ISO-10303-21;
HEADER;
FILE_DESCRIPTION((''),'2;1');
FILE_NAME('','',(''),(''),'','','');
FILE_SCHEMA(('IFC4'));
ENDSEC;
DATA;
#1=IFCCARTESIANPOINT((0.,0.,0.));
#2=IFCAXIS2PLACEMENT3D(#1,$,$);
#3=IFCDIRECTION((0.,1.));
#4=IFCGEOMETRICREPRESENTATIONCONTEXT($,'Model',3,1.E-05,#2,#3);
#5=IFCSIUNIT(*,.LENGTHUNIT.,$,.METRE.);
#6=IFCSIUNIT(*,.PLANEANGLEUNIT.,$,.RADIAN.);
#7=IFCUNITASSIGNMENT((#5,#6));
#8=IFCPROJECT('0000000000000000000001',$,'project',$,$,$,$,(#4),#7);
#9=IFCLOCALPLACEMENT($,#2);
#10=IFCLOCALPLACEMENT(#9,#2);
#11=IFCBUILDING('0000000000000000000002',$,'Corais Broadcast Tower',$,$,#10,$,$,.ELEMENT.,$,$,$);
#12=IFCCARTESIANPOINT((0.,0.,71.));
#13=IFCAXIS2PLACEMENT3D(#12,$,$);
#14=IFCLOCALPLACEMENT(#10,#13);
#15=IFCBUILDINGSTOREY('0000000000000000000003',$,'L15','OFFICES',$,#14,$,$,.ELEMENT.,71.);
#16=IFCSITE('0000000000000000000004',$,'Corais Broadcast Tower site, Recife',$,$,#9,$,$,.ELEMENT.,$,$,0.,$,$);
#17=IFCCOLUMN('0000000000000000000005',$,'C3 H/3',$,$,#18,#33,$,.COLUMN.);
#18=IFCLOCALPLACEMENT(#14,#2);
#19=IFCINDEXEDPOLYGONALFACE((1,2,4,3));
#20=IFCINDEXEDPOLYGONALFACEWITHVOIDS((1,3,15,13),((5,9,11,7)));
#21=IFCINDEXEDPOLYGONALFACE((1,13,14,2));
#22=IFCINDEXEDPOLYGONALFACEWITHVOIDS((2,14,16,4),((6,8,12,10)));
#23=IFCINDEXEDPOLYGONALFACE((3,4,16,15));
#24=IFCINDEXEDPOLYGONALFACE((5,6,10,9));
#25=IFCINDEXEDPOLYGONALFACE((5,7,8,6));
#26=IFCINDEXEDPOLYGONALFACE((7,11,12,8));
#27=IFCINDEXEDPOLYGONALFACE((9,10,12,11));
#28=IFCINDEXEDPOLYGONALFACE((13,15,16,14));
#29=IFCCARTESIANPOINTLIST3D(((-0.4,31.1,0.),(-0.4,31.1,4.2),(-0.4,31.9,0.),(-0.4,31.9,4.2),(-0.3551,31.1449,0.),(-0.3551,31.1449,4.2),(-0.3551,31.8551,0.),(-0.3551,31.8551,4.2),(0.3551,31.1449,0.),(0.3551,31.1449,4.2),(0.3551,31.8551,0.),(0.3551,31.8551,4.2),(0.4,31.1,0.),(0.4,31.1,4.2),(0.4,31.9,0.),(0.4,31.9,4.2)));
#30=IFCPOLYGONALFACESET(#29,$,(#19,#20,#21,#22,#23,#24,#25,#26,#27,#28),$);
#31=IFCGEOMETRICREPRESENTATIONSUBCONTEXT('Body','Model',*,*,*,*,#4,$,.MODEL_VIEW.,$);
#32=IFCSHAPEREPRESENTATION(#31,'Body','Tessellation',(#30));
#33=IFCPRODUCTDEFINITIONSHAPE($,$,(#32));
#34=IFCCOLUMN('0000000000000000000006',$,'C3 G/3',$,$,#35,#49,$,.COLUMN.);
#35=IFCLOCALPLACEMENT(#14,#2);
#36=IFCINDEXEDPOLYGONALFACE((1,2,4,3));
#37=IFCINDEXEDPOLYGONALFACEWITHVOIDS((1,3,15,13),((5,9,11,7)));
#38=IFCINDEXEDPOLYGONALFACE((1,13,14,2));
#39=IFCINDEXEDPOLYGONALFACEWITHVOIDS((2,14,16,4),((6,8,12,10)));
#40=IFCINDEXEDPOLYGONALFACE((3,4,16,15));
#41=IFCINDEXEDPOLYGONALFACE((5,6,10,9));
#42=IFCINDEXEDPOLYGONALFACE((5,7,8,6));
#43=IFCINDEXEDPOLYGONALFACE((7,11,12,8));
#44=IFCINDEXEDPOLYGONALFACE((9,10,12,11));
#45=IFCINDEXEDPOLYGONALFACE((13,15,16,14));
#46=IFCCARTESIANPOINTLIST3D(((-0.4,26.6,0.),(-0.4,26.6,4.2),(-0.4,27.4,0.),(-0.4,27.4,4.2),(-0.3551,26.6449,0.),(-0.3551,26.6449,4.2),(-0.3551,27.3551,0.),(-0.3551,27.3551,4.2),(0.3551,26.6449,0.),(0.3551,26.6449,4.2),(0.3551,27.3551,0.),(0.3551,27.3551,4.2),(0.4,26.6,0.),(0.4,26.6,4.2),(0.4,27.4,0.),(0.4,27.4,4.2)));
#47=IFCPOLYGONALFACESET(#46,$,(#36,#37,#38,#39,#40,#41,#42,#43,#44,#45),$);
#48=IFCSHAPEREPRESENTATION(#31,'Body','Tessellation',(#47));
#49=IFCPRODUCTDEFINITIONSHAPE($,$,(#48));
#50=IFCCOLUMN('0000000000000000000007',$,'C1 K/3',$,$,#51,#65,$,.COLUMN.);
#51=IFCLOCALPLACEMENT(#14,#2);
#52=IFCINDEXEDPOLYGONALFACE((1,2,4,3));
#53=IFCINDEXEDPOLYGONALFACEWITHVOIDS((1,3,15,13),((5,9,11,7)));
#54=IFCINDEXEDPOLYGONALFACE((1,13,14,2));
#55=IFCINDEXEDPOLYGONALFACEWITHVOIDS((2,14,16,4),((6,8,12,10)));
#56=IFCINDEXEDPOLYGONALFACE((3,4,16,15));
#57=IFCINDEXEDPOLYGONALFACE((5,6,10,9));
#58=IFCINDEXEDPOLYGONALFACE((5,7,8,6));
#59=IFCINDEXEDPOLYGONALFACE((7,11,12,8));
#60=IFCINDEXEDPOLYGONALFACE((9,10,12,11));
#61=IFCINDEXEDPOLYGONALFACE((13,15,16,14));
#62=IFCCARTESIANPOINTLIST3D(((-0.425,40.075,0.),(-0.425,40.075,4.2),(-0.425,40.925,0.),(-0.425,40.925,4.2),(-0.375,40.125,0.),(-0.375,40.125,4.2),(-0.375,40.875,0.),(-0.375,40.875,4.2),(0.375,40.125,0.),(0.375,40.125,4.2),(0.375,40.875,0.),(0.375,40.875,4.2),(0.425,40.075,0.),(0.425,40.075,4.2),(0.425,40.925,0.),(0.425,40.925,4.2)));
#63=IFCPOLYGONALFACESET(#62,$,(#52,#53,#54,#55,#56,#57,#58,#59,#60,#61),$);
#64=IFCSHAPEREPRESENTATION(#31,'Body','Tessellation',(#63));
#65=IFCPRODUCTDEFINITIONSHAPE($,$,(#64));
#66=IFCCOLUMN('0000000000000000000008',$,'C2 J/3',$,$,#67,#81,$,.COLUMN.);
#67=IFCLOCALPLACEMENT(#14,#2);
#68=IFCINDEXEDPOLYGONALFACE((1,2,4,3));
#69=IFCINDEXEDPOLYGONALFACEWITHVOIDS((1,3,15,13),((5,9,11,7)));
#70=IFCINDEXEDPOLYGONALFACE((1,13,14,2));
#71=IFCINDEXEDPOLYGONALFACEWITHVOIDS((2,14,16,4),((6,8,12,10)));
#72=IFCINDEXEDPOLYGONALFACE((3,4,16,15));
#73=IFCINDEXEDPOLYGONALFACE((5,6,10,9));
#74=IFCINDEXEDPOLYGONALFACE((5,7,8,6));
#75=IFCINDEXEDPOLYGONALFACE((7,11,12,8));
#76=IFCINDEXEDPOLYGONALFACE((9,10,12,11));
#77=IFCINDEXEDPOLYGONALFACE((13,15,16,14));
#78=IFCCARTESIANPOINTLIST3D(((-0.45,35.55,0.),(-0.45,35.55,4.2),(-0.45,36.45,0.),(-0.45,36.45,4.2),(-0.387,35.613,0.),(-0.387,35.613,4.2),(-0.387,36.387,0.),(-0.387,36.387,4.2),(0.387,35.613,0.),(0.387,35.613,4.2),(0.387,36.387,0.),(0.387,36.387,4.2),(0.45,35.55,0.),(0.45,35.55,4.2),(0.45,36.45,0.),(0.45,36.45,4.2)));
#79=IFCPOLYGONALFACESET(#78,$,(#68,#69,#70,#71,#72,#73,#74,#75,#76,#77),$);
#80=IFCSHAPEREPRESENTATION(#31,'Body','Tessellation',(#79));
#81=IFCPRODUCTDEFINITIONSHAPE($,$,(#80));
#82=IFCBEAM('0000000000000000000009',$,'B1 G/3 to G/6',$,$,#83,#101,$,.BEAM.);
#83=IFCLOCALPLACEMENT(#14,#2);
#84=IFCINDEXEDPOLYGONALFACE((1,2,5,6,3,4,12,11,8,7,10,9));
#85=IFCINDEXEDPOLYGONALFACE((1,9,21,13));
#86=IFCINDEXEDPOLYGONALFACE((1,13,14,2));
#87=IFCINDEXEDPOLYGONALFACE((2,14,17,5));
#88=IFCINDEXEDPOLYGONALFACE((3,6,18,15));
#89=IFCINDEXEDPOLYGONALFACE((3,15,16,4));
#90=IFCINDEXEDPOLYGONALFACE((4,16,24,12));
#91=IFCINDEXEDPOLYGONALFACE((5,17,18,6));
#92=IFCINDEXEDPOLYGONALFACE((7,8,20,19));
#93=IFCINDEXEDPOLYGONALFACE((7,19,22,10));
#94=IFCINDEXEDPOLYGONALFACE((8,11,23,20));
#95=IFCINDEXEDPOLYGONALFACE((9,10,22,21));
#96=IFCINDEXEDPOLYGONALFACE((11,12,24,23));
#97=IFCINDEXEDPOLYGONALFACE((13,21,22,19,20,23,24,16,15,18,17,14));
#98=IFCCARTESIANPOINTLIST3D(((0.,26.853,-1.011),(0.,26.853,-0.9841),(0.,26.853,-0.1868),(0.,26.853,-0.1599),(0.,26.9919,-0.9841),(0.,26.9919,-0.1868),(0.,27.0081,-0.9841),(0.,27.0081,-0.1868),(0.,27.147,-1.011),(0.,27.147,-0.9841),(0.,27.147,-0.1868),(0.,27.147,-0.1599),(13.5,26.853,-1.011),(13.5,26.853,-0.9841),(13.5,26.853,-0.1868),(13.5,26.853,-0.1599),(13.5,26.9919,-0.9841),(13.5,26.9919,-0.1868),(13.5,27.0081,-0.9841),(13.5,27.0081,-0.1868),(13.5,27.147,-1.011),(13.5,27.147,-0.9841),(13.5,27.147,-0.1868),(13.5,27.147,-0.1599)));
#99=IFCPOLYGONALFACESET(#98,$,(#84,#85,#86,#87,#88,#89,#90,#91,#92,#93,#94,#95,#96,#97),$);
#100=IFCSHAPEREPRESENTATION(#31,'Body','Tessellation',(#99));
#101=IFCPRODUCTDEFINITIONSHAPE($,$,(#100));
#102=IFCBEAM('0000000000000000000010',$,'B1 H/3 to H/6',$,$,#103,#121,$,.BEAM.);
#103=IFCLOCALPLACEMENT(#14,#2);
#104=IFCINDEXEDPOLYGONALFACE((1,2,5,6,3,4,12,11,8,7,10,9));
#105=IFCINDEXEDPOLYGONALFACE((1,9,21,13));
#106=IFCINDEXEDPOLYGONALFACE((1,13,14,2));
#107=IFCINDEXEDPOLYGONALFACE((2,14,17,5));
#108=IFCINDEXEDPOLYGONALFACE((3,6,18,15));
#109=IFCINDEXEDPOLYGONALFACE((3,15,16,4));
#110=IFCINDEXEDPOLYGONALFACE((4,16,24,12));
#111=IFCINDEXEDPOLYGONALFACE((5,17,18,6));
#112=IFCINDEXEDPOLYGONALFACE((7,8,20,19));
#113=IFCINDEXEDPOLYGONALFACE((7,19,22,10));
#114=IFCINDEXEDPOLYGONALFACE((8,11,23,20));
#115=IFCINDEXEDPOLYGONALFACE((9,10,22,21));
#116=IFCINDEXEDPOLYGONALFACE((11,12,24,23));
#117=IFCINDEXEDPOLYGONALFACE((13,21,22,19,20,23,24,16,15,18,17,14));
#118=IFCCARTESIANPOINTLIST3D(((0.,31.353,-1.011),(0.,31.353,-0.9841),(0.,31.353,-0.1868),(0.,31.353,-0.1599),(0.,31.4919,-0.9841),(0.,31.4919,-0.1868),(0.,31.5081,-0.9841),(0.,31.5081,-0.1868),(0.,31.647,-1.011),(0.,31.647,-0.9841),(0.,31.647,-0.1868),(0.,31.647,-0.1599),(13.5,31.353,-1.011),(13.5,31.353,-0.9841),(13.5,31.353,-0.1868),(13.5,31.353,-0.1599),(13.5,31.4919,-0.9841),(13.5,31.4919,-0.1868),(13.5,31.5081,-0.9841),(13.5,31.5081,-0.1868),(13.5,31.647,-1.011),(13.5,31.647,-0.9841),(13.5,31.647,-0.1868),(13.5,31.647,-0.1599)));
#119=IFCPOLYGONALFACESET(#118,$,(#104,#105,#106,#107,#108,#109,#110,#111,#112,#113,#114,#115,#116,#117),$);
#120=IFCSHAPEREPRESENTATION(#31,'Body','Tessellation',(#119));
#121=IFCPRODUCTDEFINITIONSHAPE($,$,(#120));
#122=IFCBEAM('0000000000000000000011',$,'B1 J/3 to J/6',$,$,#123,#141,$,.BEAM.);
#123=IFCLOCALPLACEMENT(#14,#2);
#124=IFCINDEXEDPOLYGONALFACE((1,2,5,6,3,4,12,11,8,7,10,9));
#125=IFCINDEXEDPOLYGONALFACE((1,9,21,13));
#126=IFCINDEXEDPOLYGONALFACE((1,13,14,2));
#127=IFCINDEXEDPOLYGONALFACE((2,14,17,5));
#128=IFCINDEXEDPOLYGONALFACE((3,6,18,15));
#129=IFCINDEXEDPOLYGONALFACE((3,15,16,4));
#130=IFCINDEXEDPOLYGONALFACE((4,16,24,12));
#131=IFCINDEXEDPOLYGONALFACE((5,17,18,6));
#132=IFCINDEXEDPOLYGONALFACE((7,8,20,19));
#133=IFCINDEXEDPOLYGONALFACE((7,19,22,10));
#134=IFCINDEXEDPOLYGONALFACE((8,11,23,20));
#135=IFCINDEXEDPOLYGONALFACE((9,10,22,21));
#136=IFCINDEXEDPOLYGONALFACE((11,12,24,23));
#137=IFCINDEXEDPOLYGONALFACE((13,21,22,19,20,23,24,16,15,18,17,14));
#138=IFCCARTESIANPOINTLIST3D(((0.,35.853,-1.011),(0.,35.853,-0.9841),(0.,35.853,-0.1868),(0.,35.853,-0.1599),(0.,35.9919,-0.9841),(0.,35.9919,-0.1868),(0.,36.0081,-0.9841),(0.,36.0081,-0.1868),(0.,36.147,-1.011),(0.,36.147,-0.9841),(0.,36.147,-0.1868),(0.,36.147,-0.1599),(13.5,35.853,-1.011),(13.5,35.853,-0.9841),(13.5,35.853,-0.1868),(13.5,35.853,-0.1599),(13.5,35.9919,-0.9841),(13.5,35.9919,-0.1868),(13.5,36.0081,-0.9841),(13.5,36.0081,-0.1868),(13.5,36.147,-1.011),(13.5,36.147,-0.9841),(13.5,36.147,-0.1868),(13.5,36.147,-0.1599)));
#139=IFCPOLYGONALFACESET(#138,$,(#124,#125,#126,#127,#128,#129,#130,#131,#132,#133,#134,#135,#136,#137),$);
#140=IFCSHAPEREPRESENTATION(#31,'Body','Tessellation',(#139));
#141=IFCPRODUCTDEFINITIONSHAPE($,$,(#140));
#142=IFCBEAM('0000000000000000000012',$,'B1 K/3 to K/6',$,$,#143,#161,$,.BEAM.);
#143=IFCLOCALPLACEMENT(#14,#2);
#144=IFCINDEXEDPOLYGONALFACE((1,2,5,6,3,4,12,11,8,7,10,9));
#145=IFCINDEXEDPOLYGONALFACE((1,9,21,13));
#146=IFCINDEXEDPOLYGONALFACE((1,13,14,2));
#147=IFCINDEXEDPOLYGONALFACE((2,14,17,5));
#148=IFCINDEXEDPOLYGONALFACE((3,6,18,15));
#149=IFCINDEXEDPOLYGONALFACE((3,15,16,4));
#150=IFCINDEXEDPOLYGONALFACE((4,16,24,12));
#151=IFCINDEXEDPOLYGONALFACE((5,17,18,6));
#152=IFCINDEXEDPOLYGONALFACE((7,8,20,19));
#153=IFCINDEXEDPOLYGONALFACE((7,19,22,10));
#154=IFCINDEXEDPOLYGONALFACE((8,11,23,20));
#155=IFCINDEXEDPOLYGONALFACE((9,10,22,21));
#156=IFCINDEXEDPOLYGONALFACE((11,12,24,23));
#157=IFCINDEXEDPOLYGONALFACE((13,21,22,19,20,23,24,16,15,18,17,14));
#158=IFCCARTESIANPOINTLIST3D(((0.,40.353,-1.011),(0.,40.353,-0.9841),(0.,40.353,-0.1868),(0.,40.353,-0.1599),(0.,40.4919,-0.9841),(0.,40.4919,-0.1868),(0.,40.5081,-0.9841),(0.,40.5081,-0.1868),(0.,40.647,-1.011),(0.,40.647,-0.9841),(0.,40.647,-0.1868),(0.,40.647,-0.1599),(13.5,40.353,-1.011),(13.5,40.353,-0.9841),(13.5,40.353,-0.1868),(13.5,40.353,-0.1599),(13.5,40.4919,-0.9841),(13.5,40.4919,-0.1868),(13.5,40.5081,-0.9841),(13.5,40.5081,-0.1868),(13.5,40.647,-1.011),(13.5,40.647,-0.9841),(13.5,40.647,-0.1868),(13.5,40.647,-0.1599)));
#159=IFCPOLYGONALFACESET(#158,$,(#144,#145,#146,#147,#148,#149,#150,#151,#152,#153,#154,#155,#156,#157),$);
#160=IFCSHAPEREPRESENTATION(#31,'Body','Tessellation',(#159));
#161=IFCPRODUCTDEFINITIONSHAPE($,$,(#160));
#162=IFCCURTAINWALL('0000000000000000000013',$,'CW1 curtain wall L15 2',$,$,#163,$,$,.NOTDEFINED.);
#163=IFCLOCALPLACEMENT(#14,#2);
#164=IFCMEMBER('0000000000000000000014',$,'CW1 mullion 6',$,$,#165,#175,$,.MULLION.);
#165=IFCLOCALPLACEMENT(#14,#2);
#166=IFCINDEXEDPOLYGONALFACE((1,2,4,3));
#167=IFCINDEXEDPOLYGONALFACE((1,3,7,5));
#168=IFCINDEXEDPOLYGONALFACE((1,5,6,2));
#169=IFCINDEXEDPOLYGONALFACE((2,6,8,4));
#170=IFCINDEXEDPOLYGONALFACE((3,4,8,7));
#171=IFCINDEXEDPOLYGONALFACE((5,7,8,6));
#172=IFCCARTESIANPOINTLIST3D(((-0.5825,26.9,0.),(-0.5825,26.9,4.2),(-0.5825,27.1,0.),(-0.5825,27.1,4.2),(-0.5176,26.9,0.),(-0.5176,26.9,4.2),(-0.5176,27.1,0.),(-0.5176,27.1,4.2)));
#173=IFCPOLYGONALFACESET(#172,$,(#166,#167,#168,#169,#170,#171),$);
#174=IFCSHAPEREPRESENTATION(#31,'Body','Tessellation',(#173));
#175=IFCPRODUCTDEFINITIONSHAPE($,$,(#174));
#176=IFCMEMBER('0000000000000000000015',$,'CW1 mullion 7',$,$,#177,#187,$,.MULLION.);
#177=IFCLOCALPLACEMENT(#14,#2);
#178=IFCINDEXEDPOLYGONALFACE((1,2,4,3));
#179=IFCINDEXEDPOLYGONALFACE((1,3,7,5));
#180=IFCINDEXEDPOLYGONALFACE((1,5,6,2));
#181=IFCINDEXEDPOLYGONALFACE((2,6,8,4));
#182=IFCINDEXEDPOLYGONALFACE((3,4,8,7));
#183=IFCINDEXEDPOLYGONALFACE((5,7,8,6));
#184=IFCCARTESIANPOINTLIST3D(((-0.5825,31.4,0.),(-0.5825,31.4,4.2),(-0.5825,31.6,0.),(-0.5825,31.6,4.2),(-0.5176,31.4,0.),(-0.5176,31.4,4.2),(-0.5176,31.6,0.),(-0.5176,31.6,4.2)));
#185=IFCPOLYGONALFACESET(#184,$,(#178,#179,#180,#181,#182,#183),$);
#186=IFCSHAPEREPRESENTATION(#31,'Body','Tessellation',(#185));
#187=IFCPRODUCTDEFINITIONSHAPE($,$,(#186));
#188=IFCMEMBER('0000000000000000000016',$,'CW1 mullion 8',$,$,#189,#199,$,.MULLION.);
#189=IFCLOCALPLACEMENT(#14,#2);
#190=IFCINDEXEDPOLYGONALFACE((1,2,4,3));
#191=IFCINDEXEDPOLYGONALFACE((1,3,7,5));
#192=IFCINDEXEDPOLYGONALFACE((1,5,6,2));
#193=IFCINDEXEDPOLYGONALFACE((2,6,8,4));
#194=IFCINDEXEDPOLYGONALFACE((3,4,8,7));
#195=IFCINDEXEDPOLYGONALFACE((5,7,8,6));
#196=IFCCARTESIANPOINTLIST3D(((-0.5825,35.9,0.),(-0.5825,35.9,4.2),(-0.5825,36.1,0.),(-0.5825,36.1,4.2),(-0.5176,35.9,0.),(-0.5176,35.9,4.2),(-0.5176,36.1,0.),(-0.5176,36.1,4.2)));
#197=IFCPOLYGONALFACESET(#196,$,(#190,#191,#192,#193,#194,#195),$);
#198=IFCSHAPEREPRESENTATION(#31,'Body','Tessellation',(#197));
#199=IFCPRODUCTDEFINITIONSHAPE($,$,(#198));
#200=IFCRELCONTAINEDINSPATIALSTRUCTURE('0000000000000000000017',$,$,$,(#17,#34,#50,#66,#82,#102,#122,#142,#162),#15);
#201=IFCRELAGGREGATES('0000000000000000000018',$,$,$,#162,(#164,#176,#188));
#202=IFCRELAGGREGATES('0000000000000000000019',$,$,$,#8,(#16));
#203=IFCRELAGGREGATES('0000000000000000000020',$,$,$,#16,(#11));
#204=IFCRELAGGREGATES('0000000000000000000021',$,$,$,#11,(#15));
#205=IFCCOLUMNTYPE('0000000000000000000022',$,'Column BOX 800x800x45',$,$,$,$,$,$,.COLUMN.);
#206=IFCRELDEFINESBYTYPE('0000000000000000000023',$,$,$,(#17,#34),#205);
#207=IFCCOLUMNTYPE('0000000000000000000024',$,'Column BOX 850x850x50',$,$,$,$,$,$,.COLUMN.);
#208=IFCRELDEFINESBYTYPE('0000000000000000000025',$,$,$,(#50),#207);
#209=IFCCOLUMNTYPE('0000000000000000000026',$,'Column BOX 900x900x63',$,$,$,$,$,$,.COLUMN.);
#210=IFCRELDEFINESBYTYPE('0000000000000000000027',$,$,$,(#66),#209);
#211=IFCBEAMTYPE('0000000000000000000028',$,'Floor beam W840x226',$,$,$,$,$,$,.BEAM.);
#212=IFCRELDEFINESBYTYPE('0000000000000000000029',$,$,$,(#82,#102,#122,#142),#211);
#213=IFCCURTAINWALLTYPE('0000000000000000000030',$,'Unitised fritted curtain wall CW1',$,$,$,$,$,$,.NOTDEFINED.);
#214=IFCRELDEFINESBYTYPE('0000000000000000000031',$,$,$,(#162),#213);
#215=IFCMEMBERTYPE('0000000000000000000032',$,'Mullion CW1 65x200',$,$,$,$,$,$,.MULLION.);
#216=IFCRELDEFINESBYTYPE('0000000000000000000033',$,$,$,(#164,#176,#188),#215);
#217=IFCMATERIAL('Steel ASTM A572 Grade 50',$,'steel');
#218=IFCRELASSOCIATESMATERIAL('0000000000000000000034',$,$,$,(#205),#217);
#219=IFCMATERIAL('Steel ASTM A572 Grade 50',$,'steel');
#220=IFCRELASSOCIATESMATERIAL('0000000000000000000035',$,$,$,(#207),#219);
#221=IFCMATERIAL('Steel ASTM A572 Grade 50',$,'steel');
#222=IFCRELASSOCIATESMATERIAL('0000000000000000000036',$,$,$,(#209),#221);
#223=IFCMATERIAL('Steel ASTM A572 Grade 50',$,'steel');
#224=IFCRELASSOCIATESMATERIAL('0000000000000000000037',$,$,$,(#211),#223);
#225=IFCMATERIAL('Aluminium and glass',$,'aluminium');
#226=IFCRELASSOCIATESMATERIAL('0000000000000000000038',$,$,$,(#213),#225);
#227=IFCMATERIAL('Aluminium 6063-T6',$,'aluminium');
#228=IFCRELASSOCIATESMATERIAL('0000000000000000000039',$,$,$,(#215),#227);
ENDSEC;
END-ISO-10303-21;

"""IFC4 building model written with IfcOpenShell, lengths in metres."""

from ifc_helpers import new_model, si_unit, direction, frame, origin, origin_2d, place, context, subcontext, project, spatial, rectangle, hollow_rectangle, i_section, extrude, material, material_profile, profile_set, type_object, element, aggregate, save


model = new_model("IFC4")

# Units and contexts
model_context = context("Model", 3, precision=1e-05, world=origin(), true_north=direction((0.0, 1.0)))
body_context = subcontext(model_context, "Body", "Model", "MODEL_VIEW")
ifc_project = project(units=[si_unit("LENGTHUNIT", "METRE"), si_unit("PLANEANGLEUNIT", "RADIAN")], contexts=[model_context])

# Site, building, storey
site_placement = place(None, origin())
site = spatial("IfcSite", under=ifc_project, at=site_placement, Name="Corais Broadcast Tower site, Recife", CompositionType="ELEMENT", RefElevation=0.0)
building_placement = place(site_placement, origin())
building = spatial("IfcBuilding", under=site, at=building_placement, Name="Corais Broadcast Tower", CompositionType="ELEMENT")
storey_placement = place(building_placement, frame((0.0, 0.0, 71.0)))
storey = spatial("IfcBuildingStorey", under=building, at=storey_placement, Name="L15", Description="OFFICES", CompositionType="ELEMENT", Elevation=71.0)

# Columns
ifc_material_1 = material(Name="Steel ASTM A572 Grade 50", Category="steel")
ifc_material_profile_1 = material_profile(ifc_material_1, hollow_rectangle(XDim=0.8, YDim=0.8, WallThickness=0.0449, at=origin_2d()), Name="BOX 800x800x45")
ifc_profile_set_1 = profile_set([ifc_material_profile_1], Name="Steel ASTM A572 Grade 50")
column_type_1 = type_object("IfcColumnType", Name="Column BOX 800x800x45", PredefinedType="COLUMN", material=ifc_profile_set_1)
for number, where, z_axis, x_axis, name in (
    (1, (0.0, 31.5, 0.0), (0.0, 0.0, 1.0), (1.0, 0.0, 0.0), "C3 H/3"),
    (2, (0.0, 27.0, 0.0), (0.0, 0.0, 1.0), (1.0, 0.0, 0.0), "C3 G/3"),
):
    element("IfcColumn", number, at=place(storey_placement, frame(where, z_axis=z_axis, x_axis=x_axis)), inside=storey, type_object=column_type_1, Name=name, PredefinedType="COLUMN", context=body_context, shape_type="SweptSolid", body=[
        extrude(hollow_rectangle(XDim=0.8, YDim=0.8, WallThickness=0.0449, at=origin_2d()), origin(), (0.0, 0.0, 1.0), 4.2),
    ])
ifc_material_2 = material(Name="Steel ASTM A572 Grade 50", Category="steel")
ifc_material_profile_2 = material_profile(ifc_material_2, hollow_rectangle(XDim=0.8501, YDim=0.8501, WallThickness=0.05, at=origin_2d()), Name="BOX 850x850x50")
ifc_profile_set_2 = profile_set([ifc_material_profile_2], Name="Steel ASTM A572 Grade 50")
column_type_2 = type_object("IfcColumnType", Name="Column BOX 850x850x50", PredefinedType="COLUMN", material=ifc_profile_set_2)
column_1_placement = place(storey_placement, frame((0.0, 40.5, 0.0), z_axis=(0.0, 0.0, 1.0), x_axis=(1.0, 0.0, 0.0)))
element("IfcColumn", 3, at=column_1_placement, inside=storey, type_object=column_type_2, Name="C1 K/3", PredefinedType="COLUMN", context=body_context, shape_type="SweptSolid", body=[
    extrude(hollow_rectangle(XDim=0.8501, YDim=0.8501, WallThickness=0.05, at=origin_2d()), origin(), (0.0, 0.0, 1.0), 4.2),
])
ifc_material_3 = material(Name="Steel ASTM A572 Grade 50", Category="steel")
ifc_material_profile_3 = material_profile(ifc_material_3, hollow_rectangle(XDim=0.8999, YDim=0.8999, WallThickness=0.063, at=origin_2d()), Name="BOX 900x900x63")
ifc_profile_set_3 = profile_set([ifc_material_profile_3], Name="Steel ASTM A572 Grade 50")
column_type_3 = type_object("IfcColumnType", Name="Column BOX 900x900x63", PredefinedType="COLUMN", material=ifc_profile_set_3)
column_2_placement = place(storey_placement, frame((0.0, 36.0, 0.0), z_axis=(0.0, 0.0, 1.0), x_axis=(1.0, 0.0, 0.0)))
element("IfcColumn", 4, at=column_2_placement, inside=storey, type_object=column_type_3, Name="C2 J/3", PredefinedType="COLUMN", context=body_context, shape_type="SweptSolid", body=[
    extrude(hollow_rectangle(XDim=0.8999, YDim=0.8999, WallThickness=0.063, at=origin_2d()), origin(), (0.0, 0.0, 1.0), 4.2),
])

# Beams
ifc_material_4 = material(Name="Steel ASTM A572 Grade 50", Category="steel")
ifc_material_profile_4 = material_profile(ifc_material_4, i_section(OverallWidth=0.2939, OverallDepth=0.8511, WebThickness=0.0161, FlangeThickness=0.0269, at=origin_2d()), Name="W840x226")
ifc_profile_set_4 = profile_set([ifc_material_profile_4], Name="Steel ASTM A572 Grade 50")
beam_type_1 = type_object("IfcBeamType", Name="Floor beam W840x226", PredefinedType="BEAM", material=ifc_profile_set_4)
for number, where, z_axis, x_axis, name in (
    (5, (0.0, 27.0, -0.5854), (1.0, 0.0, 0.0), (0.0, 1.0, 0.0), "B1 G/3 to G/6"),
    (6, (0.0, 31.5, -0.5854), (1.0, 0.0, 0.0), (0.0, 1.0, 0.0), "B1 H/3 to H/6"),
    (7, (0.0, 36.0, -0.5854), (1.0, 0.0, 0.0), (0.0, 1.0, 0.0), "B1 J/3 to J/6"),
    (8, (0.0, 40.5, -0.5854), (1.0, 0.0, 0.0), (0.0, 1.0, 0.0), "B1 K/3 to K/6"),
):
    element("IfcBeam", number, at=place(storey_placement, frame(where, z_axis=z_axis, x_axis=x_axis)), inside=storey, type_object=beam_type_1, Name=name, PredefinedType="BEAM", context=body_context, shape_type="SweptSolid", body=[
        extrude(i_section(OverallWidth=0.2939, OverallDepth=0.8511, WebThickness=0.0161, FlangeThickness=0.0269, at=origin_2d()), origin(), (0.0, 0.0, 1.0), 13.5),
    ])

# Curtain wall, members
ifc_material_5 = material(Name="Aluminium and glass", Category="aluminium")
curtain_wall_type = type_object("IfcCurtainWallType", Name="Unitised fritted curtain wall CW1", PredefinedType="NOTDEFINED", material=ifc_material_5)
curtain_wall_placement = place(storey_placement, origin())
curtain_wall = element("IfcCurtainWall", 9, at=curtain_wall_placement, inside=storey, type_object=curtain_wall_type, Name="CW1 curtain wall L15 2", PredefinedType="NOTDEFINED")
ifc_material_6 = material(Name="Aluminium 6063-T6", Category="aluminium")
ifc_material_profile_5 = material_profile(ifc_material_6, rectangle(XDim=0.0649, YDim=0.2, at=origin_2d()), Name="Mullion CW1 65x200")
ifc_profile_set_5 = profile_set([ifc_material_profile_5], Name="Aluminium 6063-T6")
member_type_1 = type_object("IfcMemberType", Name="Mullion CW1 65x200", PredefinedType="MULLION", material=ifc_profile_set_5)
member_1_placement = place(storey_placement, frame((-0.55, 27.0, 0.0), z_axis=(0.0, 0.0, 1.0), x_axis=(-1.0, 0.0, 0.0)))
member_1 = element("IfcMember", 10, at=member_1_placement, type_object=member_type_1, Name="CW1 mullion 6", PredefinedType="MULLION", context=body_context, shape_type="SweptSolid", body=[
    extrude(rectangle(XDim=0.0649, YDim=0.2, at=origin_2d()), origin(), (0.0, 0.0, 1.0), 4.2),
])
member_2_placement = place(storey_placement, frame((-0.55, 31.5, 0.0), z_axis=(0.0, 0.0, 1.0), x_axis=(-1.0, 0.0, 0.0)))
member_2 = element("IfcMember", 11, at=member_2_placement, type_object=member_type_1, Name="CW1 mullion 7", PredefinedType="MULLION", context=body_context, shape_type="SweptSolid", body=[
    extrude(rectangle(XDim=0.0649, YDim=0.2, at=origin_2d()), origin(), (0.0, 0.0, 1.0), 4.2),
])
member_3_placement = place(storey_placement, frame((-0.55, 36.0, 0.0), z_axis=(0.0, 0.0, 1.0), x_axis=(-1.0, 0.0, 0.0)))
member_3 = element("IfcMember", 12, at=member_3_placement, type_object=member_type_1, Name="CW1 mullion 8", PredefinedType="MULLION", context=body_context, shape_type="SweptSolid", body=[
    extrude(rectangle(XDim=0.0649, YDim=0.2, at=origin_2d()), origin(), (0.0, 0.0, 1.0), 4.2),
])

aggregate(curtain_wall, [member_1, member_2, member_3])

save(model, "model.ifc")
